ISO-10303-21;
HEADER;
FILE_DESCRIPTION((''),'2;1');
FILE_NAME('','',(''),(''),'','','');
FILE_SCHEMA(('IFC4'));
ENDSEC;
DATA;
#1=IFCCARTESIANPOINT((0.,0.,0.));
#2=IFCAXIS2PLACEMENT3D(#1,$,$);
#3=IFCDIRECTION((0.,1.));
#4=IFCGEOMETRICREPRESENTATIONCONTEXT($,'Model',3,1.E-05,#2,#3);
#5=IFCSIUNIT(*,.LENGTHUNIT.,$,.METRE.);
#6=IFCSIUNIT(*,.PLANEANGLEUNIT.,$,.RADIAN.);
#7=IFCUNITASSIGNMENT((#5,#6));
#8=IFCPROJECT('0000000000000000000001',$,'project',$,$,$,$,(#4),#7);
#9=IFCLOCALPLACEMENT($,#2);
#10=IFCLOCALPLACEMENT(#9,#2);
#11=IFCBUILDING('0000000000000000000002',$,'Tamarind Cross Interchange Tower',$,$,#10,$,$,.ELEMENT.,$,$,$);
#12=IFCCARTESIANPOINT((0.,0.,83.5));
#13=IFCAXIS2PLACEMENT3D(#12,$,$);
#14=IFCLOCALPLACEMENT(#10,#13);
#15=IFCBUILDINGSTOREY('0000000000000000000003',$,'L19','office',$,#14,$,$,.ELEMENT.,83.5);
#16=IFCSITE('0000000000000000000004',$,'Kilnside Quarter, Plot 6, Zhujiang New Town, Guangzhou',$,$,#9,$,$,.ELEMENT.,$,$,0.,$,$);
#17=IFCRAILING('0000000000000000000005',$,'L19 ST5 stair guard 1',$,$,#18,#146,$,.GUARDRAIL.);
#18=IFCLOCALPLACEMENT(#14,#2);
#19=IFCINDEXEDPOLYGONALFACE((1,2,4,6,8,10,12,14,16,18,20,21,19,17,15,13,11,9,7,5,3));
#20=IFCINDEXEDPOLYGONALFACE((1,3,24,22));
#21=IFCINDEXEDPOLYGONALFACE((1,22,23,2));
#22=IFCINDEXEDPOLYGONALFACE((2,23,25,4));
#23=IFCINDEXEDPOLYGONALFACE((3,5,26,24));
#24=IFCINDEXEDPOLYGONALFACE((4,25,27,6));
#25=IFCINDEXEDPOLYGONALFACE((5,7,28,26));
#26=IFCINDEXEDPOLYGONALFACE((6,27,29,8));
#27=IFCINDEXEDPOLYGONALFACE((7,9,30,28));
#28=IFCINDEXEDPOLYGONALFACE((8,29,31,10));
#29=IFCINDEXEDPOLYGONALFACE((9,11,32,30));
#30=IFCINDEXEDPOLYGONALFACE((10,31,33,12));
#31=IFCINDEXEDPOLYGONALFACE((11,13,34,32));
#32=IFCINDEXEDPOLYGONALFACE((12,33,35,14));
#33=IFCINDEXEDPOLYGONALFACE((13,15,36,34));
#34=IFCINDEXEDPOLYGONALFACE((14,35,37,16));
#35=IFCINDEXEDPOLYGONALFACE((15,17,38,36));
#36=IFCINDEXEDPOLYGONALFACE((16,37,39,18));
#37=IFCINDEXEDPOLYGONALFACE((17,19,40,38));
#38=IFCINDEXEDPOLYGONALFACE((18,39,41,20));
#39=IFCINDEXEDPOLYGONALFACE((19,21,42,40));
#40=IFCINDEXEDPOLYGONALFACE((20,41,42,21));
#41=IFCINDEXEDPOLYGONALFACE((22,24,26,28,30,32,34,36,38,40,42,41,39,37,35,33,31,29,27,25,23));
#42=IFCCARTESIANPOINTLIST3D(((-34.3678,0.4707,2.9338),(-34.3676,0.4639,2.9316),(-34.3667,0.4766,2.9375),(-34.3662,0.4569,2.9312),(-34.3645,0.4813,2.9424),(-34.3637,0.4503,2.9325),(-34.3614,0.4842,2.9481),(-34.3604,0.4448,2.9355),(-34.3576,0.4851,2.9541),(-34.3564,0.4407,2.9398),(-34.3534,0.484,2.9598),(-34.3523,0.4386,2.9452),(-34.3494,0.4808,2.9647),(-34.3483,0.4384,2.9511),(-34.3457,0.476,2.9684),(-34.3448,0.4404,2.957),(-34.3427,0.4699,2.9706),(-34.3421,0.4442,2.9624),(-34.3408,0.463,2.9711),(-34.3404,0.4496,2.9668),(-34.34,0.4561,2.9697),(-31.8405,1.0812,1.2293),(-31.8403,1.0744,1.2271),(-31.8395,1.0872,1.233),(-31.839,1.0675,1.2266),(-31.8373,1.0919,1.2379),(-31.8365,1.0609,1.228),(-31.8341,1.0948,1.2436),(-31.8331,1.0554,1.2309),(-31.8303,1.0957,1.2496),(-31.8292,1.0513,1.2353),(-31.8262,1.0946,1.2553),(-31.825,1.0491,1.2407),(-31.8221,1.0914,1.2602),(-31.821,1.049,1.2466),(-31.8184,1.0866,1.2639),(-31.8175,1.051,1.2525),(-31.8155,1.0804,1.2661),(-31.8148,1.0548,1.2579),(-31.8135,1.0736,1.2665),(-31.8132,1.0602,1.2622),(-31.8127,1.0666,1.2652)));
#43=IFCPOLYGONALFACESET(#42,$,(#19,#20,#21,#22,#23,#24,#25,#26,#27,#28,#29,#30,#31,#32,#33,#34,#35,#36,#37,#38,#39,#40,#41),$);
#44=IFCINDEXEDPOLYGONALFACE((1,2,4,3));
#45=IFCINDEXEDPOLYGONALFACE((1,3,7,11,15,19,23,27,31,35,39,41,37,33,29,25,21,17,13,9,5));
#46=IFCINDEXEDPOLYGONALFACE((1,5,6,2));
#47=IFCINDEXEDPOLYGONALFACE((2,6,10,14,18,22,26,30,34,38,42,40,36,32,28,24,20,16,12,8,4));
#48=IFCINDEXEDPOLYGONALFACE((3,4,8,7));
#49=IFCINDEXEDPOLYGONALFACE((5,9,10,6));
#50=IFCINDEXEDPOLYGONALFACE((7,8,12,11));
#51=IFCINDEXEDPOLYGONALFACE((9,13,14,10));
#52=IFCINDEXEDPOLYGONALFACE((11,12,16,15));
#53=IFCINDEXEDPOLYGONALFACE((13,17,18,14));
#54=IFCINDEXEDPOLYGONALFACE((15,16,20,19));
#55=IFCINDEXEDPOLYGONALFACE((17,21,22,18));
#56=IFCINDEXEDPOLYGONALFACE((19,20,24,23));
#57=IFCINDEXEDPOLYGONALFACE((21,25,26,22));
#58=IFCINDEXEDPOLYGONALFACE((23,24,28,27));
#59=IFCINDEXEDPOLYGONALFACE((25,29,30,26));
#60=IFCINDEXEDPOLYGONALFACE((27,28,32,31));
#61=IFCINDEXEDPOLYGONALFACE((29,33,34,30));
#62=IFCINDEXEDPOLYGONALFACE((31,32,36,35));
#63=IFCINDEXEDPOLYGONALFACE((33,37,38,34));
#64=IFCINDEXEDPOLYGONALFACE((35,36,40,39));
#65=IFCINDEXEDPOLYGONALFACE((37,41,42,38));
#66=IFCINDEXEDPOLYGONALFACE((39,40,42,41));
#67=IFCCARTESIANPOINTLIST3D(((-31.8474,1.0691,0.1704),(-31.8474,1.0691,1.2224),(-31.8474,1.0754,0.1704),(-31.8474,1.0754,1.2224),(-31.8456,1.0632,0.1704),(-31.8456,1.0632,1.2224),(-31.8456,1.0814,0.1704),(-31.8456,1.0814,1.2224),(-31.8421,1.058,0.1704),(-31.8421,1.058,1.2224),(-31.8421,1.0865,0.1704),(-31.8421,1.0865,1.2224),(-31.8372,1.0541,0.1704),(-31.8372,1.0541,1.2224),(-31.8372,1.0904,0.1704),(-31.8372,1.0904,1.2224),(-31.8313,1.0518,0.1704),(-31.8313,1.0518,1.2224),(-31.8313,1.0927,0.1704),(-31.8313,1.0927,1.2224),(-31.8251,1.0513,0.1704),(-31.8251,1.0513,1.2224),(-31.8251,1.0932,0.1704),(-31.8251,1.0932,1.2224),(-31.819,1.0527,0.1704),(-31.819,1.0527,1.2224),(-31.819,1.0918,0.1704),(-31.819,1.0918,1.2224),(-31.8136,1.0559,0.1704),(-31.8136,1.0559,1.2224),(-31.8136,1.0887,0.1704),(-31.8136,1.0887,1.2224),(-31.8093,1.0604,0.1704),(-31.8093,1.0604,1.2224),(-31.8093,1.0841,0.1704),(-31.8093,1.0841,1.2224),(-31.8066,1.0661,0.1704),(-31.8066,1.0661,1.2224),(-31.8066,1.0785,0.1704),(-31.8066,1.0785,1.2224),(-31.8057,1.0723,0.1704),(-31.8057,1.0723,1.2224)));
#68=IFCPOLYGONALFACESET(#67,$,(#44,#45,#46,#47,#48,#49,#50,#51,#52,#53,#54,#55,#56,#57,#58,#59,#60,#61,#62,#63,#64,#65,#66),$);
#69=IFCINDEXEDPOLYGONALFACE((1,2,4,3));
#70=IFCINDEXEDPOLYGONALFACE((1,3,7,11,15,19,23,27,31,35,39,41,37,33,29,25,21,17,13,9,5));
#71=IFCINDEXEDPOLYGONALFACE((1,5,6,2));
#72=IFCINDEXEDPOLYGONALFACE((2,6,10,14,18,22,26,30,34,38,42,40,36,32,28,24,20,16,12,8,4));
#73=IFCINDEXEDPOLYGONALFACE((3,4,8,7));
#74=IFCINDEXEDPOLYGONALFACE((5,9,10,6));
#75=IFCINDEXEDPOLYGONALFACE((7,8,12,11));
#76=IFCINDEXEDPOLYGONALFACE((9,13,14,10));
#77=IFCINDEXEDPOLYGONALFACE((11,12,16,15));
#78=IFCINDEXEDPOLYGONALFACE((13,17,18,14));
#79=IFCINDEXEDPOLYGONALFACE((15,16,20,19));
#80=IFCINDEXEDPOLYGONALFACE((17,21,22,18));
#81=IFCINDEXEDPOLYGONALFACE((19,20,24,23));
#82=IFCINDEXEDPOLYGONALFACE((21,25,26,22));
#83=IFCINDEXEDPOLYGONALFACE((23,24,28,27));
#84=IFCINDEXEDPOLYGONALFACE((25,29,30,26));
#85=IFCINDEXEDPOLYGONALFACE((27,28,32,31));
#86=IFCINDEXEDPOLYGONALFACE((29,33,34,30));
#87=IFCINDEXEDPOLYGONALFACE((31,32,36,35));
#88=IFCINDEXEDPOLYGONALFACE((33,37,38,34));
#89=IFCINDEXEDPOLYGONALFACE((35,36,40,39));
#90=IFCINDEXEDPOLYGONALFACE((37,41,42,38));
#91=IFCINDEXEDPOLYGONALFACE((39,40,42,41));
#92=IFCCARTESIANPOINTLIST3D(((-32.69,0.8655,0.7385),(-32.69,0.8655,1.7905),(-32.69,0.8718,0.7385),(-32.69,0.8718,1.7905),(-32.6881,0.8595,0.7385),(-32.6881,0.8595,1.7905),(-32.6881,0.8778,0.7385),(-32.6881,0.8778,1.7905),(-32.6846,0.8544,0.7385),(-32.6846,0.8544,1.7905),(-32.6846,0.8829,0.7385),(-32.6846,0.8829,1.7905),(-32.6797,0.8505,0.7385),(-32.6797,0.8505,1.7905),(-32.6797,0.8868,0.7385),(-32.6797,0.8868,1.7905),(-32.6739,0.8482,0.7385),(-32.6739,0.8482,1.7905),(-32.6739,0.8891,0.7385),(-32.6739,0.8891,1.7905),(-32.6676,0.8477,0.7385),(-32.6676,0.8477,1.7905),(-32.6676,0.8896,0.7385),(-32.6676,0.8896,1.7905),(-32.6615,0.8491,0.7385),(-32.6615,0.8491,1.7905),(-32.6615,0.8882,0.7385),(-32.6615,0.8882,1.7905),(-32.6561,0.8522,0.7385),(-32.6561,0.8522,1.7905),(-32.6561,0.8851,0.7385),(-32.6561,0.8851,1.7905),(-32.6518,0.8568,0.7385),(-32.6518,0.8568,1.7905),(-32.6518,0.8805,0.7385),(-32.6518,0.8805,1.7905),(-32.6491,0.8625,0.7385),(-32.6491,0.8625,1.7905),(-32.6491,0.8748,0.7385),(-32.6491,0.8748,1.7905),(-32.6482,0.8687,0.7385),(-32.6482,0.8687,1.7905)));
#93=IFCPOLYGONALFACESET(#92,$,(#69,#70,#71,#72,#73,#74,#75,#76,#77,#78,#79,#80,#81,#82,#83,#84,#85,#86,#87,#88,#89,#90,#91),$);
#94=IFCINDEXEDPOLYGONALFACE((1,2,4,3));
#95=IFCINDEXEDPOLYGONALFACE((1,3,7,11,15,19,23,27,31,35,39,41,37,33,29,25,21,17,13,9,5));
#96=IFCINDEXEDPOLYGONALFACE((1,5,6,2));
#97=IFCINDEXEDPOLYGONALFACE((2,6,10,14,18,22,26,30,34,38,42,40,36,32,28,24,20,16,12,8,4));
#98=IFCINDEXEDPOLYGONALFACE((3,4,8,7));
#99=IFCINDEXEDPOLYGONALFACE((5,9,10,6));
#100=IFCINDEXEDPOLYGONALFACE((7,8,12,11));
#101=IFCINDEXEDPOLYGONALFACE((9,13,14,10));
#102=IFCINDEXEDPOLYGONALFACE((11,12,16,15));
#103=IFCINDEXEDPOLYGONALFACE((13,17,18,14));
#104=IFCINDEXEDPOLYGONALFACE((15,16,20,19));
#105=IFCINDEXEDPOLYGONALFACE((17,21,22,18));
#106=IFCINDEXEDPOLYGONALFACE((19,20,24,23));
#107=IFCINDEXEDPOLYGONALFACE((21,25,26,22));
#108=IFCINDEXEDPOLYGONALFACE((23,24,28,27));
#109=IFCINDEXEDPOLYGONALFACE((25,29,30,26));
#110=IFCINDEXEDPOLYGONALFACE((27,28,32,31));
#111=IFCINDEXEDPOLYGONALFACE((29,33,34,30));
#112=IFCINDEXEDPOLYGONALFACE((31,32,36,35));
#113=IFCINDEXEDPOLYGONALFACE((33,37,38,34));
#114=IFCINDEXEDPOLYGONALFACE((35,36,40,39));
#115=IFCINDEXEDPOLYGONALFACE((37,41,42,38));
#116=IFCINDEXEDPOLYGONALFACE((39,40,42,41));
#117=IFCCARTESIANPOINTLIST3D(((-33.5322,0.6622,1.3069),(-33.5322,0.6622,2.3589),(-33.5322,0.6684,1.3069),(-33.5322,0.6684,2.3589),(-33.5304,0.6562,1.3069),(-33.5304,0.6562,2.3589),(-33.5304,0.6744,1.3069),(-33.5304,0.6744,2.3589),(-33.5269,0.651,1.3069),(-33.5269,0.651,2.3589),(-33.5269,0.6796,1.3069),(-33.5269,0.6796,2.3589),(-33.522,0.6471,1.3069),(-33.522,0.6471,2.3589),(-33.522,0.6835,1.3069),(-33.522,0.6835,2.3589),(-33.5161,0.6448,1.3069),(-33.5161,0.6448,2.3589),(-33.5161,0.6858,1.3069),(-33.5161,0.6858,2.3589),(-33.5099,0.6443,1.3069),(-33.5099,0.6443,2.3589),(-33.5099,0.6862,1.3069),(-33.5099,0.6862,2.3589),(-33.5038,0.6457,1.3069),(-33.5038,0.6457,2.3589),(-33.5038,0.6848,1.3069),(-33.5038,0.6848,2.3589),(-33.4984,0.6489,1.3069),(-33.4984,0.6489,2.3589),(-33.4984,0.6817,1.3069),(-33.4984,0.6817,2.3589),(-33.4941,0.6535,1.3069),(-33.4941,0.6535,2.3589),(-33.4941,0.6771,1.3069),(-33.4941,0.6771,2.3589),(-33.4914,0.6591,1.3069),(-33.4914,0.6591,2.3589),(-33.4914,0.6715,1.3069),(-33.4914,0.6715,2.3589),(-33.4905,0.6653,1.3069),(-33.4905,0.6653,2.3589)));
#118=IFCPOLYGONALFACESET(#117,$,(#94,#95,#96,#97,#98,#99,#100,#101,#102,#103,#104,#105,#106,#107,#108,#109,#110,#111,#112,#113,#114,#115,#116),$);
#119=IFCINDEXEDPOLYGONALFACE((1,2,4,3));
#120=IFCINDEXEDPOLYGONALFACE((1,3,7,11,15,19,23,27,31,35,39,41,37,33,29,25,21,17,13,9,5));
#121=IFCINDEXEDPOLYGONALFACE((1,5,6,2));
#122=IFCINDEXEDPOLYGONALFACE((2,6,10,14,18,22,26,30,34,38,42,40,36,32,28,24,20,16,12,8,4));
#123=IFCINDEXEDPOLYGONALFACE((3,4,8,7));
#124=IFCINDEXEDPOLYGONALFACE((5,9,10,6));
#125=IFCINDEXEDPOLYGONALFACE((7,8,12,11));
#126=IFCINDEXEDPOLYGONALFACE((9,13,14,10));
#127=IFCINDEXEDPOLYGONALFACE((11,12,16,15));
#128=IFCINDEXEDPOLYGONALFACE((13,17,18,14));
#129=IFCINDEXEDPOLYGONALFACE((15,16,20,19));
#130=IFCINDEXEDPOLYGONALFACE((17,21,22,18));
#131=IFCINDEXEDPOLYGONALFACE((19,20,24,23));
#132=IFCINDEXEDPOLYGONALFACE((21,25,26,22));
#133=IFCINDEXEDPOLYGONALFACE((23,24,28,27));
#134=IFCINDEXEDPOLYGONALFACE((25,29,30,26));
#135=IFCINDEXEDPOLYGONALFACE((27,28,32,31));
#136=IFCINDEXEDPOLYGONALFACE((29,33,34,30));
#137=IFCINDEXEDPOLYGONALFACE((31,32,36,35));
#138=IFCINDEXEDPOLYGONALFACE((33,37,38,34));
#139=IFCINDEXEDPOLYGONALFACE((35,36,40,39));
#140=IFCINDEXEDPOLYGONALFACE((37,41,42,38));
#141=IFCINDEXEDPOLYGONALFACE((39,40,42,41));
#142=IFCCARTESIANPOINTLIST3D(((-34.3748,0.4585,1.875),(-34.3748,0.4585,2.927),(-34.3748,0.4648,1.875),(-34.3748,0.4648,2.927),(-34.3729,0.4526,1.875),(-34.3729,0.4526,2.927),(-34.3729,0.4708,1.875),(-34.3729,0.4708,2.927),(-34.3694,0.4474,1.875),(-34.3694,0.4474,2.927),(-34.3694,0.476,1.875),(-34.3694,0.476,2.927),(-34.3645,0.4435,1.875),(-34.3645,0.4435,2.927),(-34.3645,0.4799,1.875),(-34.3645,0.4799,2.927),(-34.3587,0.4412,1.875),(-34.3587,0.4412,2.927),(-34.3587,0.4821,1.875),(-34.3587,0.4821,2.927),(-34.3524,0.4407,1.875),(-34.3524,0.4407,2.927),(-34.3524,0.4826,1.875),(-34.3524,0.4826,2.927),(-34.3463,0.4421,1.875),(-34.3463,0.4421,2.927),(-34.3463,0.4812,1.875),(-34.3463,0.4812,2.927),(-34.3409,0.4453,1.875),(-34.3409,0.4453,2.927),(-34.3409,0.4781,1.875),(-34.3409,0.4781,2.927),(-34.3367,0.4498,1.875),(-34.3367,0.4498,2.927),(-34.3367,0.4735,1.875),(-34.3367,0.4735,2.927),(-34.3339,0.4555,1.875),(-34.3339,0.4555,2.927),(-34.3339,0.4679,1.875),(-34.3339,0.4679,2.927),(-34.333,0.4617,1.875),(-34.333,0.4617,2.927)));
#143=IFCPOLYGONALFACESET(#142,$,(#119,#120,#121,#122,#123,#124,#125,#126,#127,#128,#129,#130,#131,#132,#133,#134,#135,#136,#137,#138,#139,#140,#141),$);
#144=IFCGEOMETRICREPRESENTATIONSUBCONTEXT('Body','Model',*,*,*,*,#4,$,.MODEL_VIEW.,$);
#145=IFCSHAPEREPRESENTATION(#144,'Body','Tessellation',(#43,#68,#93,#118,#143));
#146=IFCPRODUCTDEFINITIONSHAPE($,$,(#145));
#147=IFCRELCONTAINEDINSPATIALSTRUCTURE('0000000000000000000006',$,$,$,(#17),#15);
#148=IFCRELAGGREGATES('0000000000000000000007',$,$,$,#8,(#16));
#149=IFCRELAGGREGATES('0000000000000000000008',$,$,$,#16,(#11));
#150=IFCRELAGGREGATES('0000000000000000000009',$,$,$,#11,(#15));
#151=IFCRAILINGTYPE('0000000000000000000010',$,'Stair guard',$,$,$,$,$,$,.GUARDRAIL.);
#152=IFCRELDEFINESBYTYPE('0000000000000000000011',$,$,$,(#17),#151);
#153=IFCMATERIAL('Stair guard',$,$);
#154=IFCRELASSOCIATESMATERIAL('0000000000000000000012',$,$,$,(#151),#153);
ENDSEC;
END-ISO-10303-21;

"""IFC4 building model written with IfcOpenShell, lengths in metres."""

from ifc_helpers import new_model, si_unit, direction, frame, origin, origin_2d, place, context, subcontext, project, spatial, circle, extrude, material, type_object, element, save


model = new_model("IFC4")

# Units and contexts
model_context = context("Model", 3, precision=1e-05, world=origin(), true_north=direction((0.0, 1.0)))
body_context = subcontext(model_context, "Body", "Model", "MODEL_VIEW")
ifc_project = project(units=[si_unit("LENGTHUNIT", "METRE"), si_unit("PLANEANGLEUNIT", "RADIAN")], contexts=[model_context])

# Site, building, storey
site_placement = place(None, origin())
site = spatial("IfcSite", under=ifc_project, at=site_placement, Name="Kilnside Quarter, Plot 6, Zhujiang New Town, Guangzhou", CompositionType="ELEMENT", RefElevation=0.0)
building_placement = place(site_placement, origin())
building = spatial("IfcBuilding", under=site, at=building_placement, Name="Tamarind Cross Interchange Tower", CompositionType="ELEMENT")
storey_placement = place(building_placement, frame((0.0, 0.0, 83.5)))
storey = spatial("IfcBuildingStorey", under=building, at=storey_placement, Name="L19", Description="office", CompositionType="ELEMENT", Elevation=83.5)

# Railing
ifc_material_1 = material(Name="Stair guard")
railing_type_1 = type_object("IfcRailingType", Name="Stair guard", PredefinedType="GUARDRAIL", material=ifc_material_1)
railing_1_placement = place(storey_placement, frame((-31.8267, 1.0723, 0.1704)))
element("IfcRailing", 1, at=railing_1_placement, inside=storey, type_object=railing_type_1, Name="L19 ST5 stair guard 1", PredefinedType="GUARDRAIL", context=body_context, shape_type="SweptSolid", body=[
    extrude(circle(Radius=0.0239, at=origin_2d()), frame((0.0, 0.0, 1.0762), z_axis=(-0.81291, -0.196396, 0.548275), x_axis=(0.234839, -0.972034, 0.0)), (0.0, 0.0, 1.0), 3.1089),
    extrude(circle(Radius=0.021, at=origin_2d()), origin(), (0.0, 0.0, 1.0), 1.052),
    extrude(circle(Radius=0.021, at=origin_2d()), frame((-0.8425, -0.2036, 0.5681)), (0.0, 0.0, 1.0), 1.052),
    extrude(circle(Radius=0.021, at=origin_2d()), frame((-1.6848, -0.407, 1.1365)), (0.0, 0.0, 1.0), 1.052),
    extrude(circle(Radius=0.021, at=origin_2d()), frame((-2.5273, -0.6106, 1.7046)), (0.0, 0.0, 1.0), 1.052),
])

save(model, "model.ifc")
